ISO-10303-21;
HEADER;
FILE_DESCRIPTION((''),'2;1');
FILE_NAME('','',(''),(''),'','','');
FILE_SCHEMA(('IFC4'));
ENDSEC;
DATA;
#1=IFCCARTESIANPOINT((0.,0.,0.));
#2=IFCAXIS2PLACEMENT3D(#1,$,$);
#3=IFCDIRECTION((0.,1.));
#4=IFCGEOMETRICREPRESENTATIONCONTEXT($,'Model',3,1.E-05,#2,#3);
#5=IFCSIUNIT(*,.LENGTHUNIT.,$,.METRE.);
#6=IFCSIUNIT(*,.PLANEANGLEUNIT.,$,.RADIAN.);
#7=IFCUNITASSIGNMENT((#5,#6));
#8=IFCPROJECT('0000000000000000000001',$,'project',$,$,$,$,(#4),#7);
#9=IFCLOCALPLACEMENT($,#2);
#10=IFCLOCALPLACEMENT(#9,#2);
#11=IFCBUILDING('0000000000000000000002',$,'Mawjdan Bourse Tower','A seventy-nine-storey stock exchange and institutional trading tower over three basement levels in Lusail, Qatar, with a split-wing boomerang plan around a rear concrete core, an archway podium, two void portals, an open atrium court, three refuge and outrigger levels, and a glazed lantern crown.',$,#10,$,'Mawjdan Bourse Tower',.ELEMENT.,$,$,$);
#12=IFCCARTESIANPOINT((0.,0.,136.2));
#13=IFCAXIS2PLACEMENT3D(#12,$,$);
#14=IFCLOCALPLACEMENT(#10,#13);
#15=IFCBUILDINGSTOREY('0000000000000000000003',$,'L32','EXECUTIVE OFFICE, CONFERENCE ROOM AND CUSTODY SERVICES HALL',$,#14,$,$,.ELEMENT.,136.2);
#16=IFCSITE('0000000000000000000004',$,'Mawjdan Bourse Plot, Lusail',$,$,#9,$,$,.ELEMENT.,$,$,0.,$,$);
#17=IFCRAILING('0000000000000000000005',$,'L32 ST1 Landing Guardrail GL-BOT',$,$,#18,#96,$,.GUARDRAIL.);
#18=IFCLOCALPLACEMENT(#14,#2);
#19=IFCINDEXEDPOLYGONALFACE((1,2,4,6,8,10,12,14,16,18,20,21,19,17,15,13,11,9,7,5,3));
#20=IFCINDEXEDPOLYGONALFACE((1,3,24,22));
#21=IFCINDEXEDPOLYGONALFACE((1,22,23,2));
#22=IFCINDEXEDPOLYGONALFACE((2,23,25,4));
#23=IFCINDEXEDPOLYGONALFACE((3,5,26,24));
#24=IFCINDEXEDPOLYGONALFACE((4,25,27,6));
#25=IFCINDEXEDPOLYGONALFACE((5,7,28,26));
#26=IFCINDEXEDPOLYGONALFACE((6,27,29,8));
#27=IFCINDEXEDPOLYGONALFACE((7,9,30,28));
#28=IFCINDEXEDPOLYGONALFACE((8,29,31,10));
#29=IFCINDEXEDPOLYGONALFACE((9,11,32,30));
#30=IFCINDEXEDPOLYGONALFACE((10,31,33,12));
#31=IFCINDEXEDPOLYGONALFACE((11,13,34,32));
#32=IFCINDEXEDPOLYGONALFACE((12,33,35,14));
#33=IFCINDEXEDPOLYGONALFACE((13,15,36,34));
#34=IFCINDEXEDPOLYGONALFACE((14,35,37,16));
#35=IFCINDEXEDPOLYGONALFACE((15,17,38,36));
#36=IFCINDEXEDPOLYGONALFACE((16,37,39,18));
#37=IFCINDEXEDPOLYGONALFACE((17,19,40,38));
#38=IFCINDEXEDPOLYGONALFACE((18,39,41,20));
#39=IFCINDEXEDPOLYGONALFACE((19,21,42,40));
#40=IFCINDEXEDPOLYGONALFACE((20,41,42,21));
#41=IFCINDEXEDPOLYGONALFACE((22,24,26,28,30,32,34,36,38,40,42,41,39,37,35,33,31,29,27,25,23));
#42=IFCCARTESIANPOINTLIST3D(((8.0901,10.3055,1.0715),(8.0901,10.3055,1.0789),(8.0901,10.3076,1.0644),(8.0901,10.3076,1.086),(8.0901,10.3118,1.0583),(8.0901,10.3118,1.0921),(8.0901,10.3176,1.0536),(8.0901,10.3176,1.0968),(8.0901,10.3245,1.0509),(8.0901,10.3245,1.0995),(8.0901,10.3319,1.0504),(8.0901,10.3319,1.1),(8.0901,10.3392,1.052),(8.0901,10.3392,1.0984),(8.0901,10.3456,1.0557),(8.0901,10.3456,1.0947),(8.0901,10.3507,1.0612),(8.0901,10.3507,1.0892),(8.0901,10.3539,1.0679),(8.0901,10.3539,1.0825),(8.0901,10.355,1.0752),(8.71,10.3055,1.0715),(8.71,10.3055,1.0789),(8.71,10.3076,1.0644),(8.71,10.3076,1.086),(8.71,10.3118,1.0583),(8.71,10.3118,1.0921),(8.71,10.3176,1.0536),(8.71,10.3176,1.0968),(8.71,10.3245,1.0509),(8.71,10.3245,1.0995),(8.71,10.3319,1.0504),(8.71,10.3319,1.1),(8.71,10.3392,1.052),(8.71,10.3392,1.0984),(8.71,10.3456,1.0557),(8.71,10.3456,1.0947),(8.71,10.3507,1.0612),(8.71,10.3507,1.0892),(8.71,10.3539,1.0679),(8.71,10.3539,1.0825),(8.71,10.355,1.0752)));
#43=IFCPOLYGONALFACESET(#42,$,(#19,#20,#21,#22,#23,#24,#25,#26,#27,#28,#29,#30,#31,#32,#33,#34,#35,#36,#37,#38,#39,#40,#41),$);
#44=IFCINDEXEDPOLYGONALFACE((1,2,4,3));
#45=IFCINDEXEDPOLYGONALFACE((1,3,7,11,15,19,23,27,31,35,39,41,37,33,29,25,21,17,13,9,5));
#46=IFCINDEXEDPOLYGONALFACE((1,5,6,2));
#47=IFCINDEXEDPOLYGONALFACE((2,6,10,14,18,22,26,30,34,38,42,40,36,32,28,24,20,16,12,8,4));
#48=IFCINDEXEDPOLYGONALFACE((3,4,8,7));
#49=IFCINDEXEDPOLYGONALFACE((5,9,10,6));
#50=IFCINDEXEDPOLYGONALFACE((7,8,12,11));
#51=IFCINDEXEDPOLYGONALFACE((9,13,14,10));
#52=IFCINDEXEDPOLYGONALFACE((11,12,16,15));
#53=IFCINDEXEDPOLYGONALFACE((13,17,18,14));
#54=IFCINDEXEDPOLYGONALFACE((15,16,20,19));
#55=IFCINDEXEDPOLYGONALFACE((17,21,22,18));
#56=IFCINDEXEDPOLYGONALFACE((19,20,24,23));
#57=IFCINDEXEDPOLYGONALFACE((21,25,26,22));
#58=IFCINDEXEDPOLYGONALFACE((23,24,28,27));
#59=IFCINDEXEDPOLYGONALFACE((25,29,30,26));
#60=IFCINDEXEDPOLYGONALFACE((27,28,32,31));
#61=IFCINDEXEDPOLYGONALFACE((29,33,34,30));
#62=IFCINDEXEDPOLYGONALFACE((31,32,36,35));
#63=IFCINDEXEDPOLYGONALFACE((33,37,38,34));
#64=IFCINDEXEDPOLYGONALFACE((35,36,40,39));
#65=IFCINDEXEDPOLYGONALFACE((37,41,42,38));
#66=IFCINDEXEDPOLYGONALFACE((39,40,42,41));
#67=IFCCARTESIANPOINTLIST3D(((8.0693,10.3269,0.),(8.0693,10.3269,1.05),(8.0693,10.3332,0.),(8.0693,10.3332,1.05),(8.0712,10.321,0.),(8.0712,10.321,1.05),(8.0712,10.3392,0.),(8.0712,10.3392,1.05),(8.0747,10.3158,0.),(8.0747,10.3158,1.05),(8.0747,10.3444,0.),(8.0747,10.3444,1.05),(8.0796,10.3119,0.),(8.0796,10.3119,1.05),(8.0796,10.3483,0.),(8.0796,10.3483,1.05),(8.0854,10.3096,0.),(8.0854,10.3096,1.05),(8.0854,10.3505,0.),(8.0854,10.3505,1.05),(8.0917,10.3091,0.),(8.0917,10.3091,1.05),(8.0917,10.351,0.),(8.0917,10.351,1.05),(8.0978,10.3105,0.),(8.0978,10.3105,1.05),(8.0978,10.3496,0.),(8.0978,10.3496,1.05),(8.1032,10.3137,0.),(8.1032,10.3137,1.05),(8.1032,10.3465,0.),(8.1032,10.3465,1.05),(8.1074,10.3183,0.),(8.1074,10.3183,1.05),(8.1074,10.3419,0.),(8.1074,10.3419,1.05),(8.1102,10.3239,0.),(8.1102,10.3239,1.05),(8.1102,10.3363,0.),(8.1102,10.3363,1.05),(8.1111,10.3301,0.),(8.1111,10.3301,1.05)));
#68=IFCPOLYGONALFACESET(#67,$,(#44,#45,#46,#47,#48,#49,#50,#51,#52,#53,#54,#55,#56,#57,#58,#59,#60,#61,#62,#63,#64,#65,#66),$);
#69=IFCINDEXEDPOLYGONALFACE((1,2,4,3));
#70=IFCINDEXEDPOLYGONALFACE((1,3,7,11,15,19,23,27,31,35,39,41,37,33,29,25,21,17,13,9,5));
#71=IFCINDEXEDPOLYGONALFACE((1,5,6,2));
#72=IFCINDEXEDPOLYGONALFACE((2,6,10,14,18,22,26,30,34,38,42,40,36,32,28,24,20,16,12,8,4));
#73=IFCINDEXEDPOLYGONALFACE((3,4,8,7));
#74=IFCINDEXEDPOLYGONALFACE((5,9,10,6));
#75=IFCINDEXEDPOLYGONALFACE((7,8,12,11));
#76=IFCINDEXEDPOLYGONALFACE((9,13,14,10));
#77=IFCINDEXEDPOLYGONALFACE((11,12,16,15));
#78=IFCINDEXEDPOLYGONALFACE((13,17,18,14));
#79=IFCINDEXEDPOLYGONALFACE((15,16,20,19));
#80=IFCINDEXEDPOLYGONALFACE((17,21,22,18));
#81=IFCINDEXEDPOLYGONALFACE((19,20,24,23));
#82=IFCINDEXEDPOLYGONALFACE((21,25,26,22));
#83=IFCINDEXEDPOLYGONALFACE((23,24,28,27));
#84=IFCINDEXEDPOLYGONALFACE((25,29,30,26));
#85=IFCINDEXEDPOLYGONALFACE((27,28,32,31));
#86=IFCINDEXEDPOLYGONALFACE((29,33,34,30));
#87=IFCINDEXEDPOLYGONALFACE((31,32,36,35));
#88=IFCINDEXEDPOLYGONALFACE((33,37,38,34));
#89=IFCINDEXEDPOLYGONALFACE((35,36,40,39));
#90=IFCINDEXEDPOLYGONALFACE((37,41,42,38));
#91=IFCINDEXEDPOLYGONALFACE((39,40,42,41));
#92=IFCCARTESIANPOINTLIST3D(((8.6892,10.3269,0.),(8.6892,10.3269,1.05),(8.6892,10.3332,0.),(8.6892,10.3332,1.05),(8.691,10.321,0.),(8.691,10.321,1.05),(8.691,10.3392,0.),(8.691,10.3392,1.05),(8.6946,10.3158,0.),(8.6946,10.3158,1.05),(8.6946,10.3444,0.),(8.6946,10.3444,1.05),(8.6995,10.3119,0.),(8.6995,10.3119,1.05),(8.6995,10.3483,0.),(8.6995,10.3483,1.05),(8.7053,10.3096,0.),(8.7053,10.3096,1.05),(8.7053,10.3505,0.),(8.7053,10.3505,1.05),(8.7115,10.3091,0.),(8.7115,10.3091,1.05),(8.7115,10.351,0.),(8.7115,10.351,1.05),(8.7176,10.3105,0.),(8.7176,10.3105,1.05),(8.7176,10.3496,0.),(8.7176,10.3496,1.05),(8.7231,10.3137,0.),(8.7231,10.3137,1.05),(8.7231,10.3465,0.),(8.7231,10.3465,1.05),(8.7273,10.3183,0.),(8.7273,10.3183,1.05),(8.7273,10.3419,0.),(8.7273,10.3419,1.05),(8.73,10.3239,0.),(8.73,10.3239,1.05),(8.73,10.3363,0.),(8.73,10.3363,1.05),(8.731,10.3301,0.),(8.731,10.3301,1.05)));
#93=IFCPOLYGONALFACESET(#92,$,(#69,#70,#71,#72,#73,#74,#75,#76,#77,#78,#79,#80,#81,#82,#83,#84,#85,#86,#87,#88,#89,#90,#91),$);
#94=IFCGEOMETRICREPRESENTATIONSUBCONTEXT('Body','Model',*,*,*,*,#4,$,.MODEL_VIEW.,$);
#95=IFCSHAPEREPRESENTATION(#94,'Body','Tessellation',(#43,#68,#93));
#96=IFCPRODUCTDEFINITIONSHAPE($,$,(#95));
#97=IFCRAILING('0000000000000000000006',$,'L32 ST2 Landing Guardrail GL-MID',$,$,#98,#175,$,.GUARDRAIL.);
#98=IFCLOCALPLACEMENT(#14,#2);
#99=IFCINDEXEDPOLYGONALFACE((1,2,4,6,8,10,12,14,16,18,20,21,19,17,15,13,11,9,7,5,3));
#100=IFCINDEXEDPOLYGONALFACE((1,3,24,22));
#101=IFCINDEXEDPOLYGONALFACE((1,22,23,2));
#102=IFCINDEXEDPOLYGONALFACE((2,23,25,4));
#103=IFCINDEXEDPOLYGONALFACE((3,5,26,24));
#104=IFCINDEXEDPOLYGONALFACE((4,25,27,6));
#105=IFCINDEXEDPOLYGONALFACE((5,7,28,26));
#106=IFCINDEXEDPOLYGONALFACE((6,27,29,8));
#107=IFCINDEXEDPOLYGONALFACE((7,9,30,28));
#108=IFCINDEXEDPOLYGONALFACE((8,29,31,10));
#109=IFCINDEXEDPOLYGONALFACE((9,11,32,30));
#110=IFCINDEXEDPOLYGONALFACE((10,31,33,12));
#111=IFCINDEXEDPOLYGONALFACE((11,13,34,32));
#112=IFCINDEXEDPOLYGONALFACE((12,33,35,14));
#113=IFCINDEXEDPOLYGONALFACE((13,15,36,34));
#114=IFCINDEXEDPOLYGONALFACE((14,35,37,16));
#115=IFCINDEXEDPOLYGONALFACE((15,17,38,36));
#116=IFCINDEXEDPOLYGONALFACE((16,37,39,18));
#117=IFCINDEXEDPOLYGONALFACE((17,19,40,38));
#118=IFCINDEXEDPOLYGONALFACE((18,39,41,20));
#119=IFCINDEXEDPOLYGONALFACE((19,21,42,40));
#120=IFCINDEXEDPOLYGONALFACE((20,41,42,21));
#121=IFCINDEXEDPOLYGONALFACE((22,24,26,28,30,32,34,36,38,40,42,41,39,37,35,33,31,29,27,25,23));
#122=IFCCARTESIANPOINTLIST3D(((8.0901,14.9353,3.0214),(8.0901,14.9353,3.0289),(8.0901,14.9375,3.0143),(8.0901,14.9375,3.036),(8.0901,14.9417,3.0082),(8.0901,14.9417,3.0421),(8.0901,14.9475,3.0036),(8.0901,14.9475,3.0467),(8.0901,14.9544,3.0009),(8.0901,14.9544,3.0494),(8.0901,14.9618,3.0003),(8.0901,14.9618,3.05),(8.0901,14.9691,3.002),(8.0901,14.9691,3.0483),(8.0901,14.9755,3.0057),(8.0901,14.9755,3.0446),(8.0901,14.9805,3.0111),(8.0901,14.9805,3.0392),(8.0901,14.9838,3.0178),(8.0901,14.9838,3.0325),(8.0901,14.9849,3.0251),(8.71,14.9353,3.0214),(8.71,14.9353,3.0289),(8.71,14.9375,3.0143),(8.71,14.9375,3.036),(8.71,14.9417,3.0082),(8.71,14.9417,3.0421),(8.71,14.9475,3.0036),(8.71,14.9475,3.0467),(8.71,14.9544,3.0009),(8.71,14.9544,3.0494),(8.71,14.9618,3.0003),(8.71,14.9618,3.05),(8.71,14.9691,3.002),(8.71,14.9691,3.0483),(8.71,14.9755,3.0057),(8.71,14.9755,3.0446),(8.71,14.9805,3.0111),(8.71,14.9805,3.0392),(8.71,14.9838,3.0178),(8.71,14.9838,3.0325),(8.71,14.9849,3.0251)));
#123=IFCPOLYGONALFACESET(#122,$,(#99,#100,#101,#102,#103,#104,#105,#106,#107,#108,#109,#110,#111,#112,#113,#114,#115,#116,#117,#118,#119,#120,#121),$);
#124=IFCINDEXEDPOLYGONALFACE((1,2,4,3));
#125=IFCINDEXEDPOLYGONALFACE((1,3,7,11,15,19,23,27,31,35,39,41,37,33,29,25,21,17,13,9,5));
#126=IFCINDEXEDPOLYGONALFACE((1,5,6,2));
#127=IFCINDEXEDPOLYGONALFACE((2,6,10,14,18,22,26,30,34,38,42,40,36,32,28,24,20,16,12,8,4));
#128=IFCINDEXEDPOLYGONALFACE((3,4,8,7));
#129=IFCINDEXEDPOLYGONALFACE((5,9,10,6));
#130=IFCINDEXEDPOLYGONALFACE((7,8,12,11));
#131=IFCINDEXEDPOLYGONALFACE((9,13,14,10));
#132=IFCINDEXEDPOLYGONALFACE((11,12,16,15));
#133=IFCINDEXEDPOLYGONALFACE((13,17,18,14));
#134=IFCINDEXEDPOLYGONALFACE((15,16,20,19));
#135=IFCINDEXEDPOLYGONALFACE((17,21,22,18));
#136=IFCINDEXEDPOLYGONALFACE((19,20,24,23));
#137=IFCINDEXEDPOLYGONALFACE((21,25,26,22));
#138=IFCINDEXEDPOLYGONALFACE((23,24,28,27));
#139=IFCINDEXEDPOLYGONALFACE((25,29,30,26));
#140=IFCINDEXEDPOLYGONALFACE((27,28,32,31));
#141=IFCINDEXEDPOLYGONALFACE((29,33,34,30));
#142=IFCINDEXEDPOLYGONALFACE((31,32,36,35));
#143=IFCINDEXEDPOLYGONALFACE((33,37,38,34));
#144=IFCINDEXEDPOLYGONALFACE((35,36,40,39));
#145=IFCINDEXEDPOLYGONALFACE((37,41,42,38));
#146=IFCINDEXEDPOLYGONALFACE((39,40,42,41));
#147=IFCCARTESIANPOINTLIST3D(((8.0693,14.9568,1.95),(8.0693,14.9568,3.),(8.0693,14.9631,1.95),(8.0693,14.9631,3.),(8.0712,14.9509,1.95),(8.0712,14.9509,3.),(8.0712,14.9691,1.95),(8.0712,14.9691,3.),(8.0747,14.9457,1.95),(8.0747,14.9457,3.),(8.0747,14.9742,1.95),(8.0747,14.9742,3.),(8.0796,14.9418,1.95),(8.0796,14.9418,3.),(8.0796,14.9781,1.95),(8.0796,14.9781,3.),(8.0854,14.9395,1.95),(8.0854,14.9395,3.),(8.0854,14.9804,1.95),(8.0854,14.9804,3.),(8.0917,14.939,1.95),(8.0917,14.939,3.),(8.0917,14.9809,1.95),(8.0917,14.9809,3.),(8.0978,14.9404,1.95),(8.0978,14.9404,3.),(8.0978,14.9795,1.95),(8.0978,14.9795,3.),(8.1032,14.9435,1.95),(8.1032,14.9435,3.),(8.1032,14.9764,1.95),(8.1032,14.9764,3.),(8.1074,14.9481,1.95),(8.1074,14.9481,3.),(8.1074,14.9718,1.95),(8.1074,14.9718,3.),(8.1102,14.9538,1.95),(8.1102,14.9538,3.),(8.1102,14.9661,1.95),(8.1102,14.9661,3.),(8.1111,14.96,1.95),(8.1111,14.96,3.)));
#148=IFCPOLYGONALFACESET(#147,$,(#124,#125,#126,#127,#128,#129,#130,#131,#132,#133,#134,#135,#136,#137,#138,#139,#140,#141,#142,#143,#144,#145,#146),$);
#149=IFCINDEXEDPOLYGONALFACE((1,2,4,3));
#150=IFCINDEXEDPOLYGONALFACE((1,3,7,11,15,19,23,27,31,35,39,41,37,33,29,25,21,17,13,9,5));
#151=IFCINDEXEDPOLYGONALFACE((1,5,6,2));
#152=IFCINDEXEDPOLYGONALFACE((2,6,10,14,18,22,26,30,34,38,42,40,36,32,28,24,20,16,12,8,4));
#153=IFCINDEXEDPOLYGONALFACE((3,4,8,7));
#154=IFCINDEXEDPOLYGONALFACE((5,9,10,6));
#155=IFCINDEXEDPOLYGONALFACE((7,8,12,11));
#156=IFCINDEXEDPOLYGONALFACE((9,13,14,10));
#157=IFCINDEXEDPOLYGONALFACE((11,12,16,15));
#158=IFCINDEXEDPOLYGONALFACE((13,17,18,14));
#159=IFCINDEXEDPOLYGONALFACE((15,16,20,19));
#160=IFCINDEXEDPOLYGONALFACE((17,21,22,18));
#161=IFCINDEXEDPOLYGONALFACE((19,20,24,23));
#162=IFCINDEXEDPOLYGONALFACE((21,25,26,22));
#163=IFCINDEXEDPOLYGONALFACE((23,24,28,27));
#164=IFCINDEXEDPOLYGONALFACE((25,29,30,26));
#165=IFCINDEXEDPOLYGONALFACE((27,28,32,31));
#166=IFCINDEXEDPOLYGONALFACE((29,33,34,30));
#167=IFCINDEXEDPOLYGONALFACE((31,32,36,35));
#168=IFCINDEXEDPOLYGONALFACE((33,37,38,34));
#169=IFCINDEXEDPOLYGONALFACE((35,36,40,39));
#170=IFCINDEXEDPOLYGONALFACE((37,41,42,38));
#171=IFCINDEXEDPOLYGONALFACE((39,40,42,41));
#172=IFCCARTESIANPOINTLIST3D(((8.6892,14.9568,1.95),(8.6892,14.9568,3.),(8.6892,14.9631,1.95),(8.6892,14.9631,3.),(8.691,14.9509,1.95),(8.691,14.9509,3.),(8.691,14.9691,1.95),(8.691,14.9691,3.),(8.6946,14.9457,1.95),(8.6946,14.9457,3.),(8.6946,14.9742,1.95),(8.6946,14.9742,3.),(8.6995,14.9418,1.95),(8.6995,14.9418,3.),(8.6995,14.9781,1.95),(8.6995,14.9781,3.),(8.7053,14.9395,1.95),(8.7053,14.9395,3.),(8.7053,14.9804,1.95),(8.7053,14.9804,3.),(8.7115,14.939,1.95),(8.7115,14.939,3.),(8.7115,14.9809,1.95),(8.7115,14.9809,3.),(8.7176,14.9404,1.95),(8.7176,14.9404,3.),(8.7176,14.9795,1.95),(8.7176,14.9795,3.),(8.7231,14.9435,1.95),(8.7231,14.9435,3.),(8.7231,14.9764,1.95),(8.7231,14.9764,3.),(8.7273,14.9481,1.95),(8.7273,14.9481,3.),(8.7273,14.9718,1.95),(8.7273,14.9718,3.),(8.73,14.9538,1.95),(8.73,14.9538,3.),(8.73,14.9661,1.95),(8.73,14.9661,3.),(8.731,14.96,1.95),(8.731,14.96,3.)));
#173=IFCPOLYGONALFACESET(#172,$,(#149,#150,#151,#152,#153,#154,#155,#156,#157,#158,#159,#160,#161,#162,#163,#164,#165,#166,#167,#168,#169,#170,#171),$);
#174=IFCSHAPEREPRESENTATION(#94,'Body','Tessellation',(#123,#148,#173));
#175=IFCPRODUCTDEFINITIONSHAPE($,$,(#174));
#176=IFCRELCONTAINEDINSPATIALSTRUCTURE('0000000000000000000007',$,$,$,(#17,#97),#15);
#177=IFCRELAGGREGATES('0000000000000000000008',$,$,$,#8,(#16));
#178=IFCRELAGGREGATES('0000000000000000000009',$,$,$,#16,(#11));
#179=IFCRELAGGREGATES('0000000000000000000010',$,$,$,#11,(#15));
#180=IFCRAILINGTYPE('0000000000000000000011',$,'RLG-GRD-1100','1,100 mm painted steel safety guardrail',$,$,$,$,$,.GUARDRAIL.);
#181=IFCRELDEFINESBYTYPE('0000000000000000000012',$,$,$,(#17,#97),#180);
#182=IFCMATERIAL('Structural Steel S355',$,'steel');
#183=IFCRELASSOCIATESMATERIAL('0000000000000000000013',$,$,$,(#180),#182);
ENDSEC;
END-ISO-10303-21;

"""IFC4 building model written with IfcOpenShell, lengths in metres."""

from ifc_helpers import new_model, si_unit, direction, frame, origin, origin_2d, place, context, subcontext, project, spatial, circle, extrude, material, type_object, element, save


model = new_model("IFC4")

# Units and contexts
model_context = context("Model", 3, precision=1e-05, world=origin(), true_north=direction((0.0, 1.0)))
body_context = subcontext(model_context, "Body", "Model", "MODEL_VIEW")
ifc_project = project(units=[si_unit("LENGTHUNIT", "METRE"), si_unit("PLANEANGLEUNIT", "RADIAN")], contexts=[model_context])

# Site, building, storey
site_placement = place(None, origin())
site = spatial("IfcSite", under=ifc_project, at=site_placement, Name="Mawjdan Bourse Plot, Lusail", CompositionType="ELEMENT", RefElevation=0.0)
building_placement = place(site_placement, origin())
building = spatial("IfcBuilding", under=site, at=building_placement, Name="Mawjdan Bourse Tower", Description="A seventy-nine-storey stock exchange and institutional trading tower over three basement levels in Lusail, Qatar, with a split-wing boomerang plan around a rear concrete core, an archway podium, two void portals, an open atrium court, three refuge and outrigger levels, and a glazed lantern crown.", LongName="Mawjdan Bourse Tower", CompositionType="ELEMENT")
storey_placement = place(building_placement, frame((0.0, 0.0, 136.2)))
storey = spatial("IfcBuildingStorey", under=building, at=storey_placement, Name="L32", Description="EXECUTIVE OFFICE, CONFERENCE ROOM AND CUSTODY SERVICES HALL", CompositionType="ELEMENT", Elevation=136.2)

# Shared definitions
ifc_material_1 = material(Name="Structural Steel S355", Category="steel")

# Railings
railing_type_1 = type_object("IfcRailingType", Name="RLG-GRD-1100", Description="1,100 mm painted steel safety guardrail", PredefinedType="GUARDRAIL", material=ifc_material_1)
for number, where, name in (
    (1, (8.0901, 10.3301, 0.0), "L32 ST1 Landing Guardrail GL-BOT"),
    (2, (8.0901, 14.96, 1.95), "L32 ST2 Landing Guardrail GL-MID"),
):
    element("IfcRailing", number, at=place(storey_placement, frame(where)), inside=storey, type_object=railing_type_1, Name=name, PredefinedType="GUARDRAIL", context=body_context, shape_type="SweptSolid", body=[
        extrude(circle(Radius=0.0249, at=origin_2d()), frame((0.0, 0.0, 1.0752), z_axis=(1.0, 0.0, 0.0), x_axis=(0.0, 1.0, 0.0)), (0.0, 0.0, 1.0), 0.6199),
        extrude(circle(Radius=0.021, at=origin_2d()), origin(), (0.0, 0.0, 1.0), 1.05),
        extrude(circle(Radius=0.021, at=origin_2d()), frame((0.6199, 0.0, 0.0)), (0.0, 0.0, 1.0), 1.05),
    ])

save(model, "model.ifc")
